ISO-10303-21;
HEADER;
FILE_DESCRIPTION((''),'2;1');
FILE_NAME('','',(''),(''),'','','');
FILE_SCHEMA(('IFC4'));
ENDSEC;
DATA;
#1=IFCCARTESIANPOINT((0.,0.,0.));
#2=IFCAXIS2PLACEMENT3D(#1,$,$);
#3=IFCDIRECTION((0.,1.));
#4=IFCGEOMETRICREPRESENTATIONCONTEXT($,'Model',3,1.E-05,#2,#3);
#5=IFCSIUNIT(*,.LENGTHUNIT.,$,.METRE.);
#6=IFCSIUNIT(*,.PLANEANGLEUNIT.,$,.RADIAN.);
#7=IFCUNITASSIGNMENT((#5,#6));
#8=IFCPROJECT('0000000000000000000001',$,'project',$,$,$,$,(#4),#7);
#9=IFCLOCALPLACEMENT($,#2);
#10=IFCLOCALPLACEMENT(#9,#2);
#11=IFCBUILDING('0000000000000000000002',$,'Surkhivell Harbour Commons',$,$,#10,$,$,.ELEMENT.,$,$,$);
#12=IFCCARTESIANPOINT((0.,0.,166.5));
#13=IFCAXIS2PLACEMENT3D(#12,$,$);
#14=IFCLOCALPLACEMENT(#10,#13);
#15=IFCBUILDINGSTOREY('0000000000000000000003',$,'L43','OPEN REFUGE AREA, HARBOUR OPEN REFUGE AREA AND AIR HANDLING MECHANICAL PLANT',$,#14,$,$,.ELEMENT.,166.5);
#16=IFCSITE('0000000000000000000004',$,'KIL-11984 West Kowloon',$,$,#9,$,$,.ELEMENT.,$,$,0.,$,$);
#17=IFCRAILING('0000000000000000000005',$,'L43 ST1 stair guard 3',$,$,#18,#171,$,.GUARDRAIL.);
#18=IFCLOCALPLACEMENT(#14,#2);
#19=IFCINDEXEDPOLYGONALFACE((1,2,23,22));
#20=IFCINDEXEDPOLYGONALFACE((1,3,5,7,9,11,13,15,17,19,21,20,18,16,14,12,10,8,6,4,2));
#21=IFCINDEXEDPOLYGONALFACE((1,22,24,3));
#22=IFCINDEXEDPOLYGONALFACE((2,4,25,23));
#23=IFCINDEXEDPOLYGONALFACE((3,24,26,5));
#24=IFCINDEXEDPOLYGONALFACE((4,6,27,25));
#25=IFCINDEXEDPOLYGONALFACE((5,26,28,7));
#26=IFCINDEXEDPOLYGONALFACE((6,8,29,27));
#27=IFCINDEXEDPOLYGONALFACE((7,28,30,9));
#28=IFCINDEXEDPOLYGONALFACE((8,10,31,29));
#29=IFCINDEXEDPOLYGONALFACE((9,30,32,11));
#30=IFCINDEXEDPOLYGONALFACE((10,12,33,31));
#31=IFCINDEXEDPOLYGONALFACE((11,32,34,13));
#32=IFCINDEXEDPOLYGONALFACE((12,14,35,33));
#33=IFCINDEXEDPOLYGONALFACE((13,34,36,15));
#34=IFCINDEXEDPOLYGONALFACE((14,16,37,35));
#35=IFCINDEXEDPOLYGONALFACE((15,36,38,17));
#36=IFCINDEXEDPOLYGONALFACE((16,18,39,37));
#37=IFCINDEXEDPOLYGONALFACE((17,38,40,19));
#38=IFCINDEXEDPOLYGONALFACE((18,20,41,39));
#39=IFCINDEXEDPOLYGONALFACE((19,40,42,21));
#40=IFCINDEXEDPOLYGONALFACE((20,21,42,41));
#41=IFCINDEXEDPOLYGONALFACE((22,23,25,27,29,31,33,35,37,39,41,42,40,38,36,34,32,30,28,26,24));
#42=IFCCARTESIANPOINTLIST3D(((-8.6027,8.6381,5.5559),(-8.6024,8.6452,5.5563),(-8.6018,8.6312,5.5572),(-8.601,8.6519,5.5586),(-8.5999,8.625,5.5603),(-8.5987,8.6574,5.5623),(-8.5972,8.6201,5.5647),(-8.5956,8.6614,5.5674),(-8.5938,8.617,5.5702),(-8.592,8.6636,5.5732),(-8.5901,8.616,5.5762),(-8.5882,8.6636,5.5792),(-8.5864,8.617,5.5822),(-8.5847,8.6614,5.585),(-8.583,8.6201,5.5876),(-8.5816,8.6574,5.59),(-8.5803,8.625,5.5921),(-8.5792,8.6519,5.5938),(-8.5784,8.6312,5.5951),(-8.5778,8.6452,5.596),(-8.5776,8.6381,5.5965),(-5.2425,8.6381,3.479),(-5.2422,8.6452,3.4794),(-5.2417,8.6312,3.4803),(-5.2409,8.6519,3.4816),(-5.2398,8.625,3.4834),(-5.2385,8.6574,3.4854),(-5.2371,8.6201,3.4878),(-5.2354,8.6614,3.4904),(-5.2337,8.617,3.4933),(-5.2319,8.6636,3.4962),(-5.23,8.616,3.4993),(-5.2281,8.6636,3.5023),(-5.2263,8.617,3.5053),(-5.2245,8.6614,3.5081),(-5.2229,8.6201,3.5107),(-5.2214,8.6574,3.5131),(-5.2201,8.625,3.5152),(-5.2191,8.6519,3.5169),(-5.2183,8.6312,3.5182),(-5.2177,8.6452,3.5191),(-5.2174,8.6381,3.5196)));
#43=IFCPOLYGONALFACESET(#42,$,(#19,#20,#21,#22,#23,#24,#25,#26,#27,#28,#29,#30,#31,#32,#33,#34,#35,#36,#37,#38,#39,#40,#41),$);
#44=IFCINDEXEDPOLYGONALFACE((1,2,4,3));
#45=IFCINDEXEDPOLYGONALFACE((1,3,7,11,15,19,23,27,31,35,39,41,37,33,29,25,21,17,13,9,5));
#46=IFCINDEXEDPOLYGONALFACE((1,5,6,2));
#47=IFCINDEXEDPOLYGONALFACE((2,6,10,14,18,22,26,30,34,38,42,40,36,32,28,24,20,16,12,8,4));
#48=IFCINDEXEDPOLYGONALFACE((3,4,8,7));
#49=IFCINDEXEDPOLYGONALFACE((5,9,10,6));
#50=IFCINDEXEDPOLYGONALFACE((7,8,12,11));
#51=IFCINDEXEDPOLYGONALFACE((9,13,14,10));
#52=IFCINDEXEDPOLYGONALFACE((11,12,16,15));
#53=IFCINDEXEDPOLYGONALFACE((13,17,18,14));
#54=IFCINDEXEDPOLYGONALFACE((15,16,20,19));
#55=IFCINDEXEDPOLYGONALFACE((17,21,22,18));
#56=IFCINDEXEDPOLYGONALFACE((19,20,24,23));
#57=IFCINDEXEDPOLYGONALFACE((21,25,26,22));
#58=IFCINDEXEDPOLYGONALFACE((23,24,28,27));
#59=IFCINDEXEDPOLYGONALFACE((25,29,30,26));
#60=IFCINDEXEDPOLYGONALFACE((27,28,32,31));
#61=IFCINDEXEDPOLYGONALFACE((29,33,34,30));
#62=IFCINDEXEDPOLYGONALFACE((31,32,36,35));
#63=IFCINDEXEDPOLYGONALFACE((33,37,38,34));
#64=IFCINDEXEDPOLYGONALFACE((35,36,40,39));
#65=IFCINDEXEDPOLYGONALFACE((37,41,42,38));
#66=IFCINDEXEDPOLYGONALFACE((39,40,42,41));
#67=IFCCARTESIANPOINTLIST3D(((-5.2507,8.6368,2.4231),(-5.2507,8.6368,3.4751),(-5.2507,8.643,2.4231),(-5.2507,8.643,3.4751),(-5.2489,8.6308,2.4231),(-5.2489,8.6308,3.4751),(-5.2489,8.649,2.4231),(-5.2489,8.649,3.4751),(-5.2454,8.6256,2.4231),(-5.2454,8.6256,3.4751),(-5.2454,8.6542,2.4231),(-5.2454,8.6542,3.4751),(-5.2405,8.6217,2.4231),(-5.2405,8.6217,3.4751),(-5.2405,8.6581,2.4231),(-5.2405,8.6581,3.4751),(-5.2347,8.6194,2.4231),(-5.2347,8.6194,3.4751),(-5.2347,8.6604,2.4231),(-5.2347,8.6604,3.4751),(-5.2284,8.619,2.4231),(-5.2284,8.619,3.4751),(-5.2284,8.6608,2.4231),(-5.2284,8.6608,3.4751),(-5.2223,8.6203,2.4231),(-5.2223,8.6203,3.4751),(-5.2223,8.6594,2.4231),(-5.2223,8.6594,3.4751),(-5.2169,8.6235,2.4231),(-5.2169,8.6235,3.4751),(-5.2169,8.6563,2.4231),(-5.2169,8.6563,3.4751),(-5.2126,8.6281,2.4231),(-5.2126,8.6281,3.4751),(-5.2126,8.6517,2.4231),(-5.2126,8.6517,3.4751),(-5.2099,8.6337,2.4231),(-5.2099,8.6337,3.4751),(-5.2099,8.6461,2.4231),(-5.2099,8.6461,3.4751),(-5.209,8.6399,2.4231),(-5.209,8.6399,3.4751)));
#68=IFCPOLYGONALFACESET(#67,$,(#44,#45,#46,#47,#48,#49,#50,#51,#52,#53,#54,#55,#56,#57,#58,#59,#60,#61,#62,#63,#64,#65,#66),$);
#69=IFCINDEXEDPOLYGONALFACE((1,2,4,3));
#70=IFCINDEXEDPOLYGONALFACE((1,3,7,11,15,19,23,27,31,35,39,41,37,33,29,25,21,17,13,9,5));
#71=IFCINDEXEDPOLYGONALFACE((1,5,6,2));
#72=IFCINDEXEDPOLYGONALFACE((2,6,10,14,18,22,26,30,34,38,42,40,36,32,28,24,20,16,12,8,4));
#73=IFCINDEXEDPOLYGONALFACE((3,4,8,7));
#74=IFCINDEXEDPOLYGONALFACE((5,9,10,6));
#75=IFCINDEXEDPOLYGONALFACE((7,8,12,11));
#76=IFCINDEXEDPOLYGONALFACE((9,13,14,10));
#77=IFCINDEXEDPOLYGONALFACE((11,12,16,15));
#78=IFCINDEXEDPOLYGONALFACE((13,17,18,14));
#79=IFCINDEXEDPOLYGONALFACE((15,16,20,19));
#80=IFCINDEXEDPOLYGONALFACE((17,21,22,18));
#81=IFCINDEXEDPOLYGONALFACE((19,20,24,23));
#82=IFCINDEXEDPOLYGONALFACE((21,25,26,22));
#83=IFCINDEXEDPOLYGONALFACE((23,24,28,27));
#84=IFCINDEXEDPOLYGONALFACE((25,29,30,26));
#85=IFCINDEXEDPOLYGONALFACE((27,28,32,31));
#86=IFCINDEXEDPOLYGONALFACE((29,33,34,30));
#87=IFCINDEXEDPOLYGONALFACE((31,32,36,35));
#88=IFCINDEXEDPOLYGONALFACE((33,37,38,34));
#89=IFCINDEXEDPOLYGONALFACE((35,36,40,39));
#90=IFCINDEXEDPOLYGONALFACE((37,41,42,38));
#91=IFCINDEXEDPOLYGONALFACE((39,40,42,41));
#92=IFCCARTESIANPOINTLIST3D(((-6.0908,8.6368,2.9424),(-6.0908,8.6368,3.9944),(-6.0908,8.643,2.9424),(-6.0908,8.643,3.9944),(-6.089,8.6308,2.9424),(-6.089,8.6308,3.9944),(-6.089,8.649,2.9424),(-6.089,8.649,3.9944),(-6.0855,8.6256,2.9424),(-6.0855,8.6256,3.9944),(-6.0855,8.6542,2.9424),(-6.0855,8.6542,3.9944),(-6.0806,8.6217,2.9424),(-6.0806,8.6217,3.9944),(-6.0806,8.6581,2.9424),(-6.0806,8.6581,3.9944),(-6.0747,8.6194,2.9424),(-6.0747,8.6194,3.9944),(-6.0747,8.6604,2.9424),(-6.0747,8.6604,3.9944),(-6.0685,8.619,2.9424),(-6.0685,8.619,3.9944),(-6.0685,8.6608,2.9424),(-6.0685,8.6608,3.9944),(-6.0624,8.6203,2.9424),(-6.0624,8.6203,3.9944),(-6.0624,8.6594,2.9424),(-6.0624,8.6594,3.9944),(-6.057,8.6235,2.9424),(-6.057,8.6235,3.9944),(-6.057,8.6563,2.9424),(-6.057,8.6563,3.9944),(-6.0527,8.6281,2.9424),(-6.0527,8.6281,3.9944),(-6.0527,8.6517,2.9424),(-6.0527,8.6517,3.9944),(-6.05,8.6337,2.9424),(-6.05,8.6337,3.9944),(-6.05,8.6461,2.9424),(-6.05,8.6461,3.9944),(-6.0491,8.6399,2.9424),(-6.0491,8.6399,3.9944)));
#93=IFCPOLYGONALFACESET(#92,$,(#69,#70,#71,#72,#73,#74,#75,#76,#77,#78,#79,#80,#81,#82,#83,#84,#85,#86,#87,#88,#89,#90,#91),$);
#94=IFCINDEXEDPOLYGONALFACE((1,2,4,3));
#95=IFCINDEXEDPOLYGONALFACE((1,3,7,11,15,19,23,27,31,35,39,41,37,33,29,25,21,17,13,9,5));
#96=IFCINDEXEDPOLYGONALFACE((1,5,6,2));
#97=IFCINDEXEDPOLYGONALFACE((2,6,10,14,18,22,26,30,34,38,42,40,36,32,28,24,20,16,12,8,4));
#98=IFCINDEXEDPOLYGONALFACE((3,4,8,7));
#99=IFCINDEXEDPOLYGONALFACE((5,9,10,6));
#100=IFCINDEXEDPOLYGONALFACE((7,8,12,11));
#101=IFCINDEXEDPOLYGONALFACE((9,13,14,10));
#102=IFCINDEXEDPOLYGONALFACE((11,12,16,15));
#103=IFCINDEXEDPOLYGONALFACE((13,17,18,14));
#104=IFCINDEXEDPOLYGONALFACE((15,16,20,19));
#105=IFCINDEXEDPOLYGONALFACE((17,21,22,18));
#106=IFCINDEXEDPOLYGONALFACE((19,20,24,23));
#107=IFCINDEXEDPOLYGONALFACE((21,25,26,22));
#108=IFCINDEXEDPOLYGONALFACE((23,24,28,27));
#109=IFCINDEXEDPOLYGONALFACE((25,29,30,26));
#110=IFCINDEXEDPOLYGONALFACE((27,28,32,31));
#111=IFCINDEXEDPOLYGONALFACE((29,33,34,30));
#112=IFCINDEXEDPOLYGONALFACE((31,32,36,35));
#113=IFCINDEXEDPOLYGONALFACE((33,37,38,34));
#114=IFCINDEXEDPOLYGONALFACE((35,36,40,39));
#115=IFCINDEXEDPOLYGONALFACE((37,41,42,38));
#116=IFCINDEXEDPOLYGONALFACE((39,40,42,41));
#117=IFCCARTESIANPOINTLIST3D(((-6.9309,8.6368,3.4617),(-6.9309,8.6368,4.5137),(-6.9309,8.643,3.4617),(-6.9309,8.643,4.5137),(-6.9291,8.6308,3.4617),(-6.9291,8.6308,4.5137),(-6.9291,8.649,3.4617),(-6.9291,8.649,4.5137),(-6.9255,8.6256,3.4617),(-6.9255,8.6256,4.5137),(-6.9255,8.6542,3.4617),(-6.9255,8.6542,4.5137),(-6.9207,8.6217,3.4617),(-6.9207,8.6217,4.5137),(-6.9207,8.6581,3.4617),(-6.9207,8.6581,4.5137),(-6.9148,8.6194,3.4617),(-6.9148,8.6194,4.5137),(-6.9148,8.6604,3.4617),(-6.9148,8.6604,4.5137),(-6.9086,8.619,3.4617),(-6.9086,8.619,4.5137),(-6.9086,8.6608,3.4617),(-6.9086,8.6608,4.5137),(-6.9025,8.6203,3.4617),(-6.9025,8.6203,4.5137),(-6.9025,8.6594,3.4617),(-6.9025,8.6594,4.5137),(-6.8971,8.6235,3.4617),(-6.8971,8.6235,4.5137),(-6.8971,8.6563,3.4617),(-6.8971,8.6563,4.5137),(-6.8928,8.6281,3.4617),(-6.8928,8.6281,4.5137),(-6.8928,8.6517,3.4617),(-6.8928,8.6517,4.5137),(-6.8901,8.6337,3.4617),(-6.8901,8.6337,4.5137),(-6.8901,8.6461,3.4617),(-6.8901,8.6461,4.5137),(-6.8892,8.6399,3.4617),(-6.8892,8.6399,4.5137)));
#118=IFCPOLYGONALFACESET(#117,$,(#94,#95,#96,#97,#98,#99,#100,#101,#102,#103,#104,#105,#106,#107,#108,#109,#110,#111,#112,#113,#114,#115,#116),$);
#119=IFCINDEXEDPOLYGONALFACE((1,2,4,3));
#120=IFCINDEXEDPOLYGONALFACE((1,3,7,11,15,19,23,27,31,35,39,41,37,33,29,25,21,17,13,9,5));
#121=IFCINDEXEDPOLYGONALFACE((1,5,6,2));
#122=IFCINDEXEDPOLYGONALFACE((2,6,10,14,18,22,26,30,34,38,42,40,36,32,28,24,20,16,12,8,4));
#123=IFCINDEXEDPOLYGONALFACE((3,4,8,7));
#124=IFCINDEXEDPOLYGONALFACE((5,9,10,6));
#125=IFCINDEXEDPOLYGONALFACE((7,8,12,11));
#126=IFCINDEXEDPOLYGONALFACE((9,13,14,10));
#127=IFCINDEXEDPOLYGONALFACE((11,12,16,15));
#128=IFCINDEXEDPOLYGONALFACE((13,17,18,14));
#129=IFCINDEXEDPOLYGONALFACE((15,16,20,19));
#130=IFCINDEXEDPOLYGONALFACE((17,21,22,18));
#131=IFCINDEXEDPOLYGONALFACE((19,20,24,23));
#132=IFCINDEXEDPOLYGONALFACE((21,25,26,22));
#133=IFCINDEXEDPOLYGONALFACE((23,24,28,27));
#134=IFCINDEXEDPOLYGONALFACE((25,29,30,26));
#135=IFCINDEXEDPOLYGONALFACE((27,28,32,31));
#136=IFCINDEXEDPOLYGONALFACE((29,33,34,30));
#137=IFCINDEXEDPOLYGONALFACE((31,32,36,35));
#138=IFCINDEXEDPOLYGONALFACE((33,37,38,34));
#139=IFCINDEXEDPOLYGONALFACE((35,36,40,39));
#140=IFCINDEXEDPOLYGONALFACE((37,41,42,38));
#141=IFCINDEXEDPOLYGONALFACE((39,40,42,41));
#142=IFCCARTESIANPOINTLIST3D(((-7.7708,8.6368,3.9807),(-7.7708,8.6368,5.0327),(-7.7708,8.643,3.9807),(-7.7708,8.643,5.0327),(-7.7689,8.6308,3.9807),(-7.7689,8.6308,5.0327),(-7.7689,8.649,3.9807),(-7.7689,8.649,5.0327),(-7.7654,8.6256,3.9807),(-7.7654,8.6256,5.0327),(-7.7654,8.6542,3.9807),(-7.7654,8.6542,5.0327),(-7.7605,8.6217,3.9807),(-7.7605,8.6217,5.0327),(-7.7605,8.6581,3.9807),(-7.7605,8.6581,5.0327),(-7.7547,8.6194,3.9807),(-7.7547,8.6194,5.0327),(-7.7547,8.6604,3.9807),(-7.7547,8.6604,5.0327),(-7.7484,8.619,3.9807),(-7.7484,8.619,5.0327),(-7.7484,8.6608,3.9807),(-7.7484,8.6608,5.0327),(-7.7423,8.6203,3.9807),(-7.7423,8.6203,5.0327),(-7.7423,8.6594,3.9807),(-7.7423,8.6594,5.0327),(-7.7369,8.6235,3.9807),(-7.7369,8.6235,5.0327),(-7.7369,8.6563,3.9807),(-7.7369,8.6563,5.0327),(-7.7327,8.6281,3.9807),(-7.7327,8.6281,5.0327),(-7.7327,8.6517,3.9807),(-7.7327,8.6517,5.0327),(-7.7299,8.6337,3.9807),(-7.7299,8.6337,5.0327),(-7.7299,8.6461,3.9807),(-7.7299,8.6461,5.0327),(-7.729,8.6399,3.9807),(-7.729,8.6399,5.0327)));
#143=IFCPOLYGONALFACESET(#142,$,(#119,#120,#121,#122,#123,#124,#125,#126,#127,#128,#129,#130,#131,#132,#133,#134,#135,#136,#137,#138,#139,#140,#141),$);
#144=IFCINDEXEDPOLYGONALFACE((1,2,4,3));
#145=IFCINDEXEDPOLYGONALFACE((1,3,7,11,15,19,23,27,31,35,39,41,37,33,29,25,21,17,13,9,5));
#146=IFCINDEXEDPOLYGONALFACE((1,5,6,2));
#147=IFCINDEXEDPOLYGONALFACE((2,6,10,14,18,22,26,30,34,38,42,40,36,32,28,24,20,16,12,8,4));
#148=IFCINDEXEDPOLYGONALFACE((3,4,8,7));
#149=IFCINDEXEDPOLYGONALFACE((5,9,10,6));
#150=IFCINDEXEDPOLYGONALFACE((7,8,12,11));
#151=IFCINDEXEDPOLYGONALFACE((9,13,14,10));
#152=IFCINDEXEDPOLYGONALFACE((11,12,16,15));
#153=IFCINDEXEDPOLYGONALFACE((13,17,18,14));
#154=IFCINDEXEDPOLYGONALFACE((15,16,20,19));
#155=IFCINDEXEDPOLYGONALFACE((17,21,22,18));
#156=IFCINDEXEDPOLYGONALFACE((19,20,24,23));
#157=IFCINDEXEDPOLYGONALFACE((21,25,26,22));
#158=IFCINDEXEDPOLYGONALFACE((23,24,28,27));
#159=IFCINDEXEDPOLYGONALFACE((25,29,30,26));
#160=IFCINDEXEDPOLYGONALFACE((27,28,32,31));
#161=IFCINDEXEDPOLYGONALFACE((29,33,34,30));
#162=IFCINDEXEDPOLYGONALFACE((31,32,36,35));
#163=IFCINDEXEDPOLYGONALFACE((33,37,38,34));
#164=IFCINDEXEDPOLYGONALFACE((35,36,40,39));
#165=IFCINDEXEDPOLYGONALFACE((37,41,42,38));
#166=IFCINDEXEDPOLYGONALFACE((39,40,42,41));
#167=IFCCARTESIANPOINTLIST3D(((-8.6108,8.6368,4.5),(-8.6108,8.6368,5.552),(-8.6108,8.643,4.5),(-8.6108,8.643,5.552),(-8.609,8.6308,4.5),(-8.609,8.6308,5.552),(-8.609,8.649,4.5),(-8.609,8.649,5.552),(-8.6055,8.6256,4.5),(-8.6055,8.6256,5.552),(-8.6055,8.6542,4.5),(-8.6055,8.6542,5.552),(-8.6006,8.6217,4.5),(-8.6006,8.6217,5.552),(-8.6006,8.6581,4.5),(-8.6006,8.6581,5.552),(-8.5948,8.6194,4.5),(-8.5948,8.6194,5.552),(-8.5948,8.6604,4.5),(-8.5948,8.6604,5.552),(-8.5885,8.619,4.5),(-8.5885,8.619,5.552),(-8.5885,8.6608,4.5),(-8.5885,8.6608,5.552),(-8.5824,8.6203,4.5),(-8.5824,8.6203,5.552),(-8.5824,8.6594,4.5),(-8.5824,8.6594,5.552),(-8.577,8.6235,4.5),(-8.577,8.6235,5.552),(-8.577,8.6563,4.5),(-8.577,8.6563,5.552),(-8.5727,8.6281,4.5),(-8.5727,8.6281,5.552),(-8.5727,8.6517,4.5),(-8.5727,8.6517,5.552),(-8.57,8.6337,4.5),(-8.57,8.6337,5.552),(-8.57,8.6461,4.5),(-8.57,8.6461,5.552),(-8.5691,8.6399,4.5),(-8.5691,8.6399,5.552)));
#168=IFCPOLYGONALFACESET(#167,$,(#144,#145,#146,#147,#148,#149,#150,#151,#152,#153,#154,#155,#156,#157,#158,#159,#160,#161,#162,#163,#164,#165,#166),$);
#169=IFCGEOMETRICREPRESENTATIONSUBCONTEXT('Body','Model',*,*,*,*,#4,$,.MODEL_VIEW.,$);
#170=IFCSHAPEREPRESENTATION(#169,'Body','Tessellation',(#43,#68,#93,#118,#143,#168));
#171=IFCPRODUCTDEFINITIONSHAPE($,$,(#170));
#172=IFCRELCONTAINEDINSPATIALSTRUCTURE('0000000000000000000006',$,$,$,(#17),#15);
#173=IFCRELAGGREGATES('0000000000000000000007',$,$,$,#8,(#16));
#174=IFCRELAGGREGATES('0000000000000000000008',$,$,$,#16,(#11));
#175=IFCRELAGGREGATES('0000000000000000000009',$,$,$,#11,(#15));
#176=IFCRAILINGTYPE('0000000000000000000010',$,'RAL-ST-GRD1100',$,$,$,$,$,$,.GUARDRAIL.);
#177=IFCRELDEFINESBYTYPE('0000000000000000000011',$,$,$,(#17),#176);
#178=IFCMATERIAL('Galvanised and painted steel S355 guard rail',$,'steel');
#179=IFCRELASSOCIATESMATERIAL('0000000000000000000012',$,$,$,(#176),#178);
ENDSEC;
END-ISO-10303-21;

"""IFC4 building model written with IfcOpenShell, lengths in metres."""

from ifc_helpers import new_model, si_unit, direction, frame, origin, origin_2d, place, context, subcontext, project, spatial, circle, extrude, material, type_object, element, save


model = new_model("IFC4")

# Units and contexts
model_context = context("Model", 3, precision=1e-05, world=origin(), true_north=direction((0.0, 1.0)))
body_context = subcontext(model_context, "Body", "Model", "MODEL_VIEW")
ifc_project = project(units=[si_unit("LENGTHUNIT", "METRE"), si_unit("PLANEANGLEUNIT", "RADIAN")], contexts=[model_context])

# Site, building, storey
site_placement = place(None, origin())
site = spatial("IfcSite", under=ifc_project, at=site_placement, Name="KIL-11984 West Kowloon", CompositionType="ELEMENT", RefElevation=0.0)
building_placement = place(site_placement, origin())
building = spatial("IfcBuilding", under=site, at=building_placement, Name="Surkhivell Harbour Commons", CompositionType="ELEMENT")
storey_placement = place(building_placement, frame((0.0, 0.0, 166.5)))
storey = spatial("IfcBuildingStorey", under=building, at=storey_placement, Name="L43", Description="OPEN REFUGE AREA, HARBOUR OPEN REFUGE AREA AND AIR HANDLING MECHANICAL PLANT", CompositionType="ELEMENT", Elevation=166.5)

# Railing
ifc_material_1 = material(Name="Galvanised and painted steel S355 guard rail", Category="steel")
railing_type_1 = type_object("IfcRailingType", Name="RAL-ST-GRD1100", PredefinedType="GUARDRAIL", material=ifc_material_1)
railing_1_placement = place(storey_placement, frame((-5.23, 8.6399, 2.4231)))
element("IfcRailing", 1, at=railing_1_placement, inside=storey, type_object=railing_type_1, Name="L43 ST1 stair guard 3", PredefinedType="GUARDRAIL", context=body_context, shape_type="SweptSolid", body=[
    extrude(circle(Radius=0.0239, at=origin_2d()), frame((0.0, 0.0, 1.0762), z_axis=(-0.850623, 0.0, 0.525776), x_axis=(0.0, -1.0, 0.0)), (0.0, 0.0, 1.0), 3.9502),
    extrude(circle(Radius=0.021, at=origin_2d()), origin(), (0.0, 0.0, 1.0), 1.052),
    extrude(circle(Radius=0.021, at=origin_2d()), frame((-0.8401, 0.0, 0.5193)), (0.0, 0.0, 1.0), 1.052),
    extrude(circle(Radius=0.021, at=origin_2d()), frame((-1.6802, 0.0, 1.0386)), (0.0, 0.0, 1.0), 1.052),
    extrude(circle(Radius=0.021, at=origin_2d()), frame((-2.52, 0.0, 1.5576)), (0.0, 0.0, 1.0), 1.052),
    extrude(circle(Radius=0.021, at=origin_2d()), frame((-3.3601, 0.0, 2.0769)), (0.0, 0.0, 1.0), 1.052),
])

save(model, "model.ifc")
